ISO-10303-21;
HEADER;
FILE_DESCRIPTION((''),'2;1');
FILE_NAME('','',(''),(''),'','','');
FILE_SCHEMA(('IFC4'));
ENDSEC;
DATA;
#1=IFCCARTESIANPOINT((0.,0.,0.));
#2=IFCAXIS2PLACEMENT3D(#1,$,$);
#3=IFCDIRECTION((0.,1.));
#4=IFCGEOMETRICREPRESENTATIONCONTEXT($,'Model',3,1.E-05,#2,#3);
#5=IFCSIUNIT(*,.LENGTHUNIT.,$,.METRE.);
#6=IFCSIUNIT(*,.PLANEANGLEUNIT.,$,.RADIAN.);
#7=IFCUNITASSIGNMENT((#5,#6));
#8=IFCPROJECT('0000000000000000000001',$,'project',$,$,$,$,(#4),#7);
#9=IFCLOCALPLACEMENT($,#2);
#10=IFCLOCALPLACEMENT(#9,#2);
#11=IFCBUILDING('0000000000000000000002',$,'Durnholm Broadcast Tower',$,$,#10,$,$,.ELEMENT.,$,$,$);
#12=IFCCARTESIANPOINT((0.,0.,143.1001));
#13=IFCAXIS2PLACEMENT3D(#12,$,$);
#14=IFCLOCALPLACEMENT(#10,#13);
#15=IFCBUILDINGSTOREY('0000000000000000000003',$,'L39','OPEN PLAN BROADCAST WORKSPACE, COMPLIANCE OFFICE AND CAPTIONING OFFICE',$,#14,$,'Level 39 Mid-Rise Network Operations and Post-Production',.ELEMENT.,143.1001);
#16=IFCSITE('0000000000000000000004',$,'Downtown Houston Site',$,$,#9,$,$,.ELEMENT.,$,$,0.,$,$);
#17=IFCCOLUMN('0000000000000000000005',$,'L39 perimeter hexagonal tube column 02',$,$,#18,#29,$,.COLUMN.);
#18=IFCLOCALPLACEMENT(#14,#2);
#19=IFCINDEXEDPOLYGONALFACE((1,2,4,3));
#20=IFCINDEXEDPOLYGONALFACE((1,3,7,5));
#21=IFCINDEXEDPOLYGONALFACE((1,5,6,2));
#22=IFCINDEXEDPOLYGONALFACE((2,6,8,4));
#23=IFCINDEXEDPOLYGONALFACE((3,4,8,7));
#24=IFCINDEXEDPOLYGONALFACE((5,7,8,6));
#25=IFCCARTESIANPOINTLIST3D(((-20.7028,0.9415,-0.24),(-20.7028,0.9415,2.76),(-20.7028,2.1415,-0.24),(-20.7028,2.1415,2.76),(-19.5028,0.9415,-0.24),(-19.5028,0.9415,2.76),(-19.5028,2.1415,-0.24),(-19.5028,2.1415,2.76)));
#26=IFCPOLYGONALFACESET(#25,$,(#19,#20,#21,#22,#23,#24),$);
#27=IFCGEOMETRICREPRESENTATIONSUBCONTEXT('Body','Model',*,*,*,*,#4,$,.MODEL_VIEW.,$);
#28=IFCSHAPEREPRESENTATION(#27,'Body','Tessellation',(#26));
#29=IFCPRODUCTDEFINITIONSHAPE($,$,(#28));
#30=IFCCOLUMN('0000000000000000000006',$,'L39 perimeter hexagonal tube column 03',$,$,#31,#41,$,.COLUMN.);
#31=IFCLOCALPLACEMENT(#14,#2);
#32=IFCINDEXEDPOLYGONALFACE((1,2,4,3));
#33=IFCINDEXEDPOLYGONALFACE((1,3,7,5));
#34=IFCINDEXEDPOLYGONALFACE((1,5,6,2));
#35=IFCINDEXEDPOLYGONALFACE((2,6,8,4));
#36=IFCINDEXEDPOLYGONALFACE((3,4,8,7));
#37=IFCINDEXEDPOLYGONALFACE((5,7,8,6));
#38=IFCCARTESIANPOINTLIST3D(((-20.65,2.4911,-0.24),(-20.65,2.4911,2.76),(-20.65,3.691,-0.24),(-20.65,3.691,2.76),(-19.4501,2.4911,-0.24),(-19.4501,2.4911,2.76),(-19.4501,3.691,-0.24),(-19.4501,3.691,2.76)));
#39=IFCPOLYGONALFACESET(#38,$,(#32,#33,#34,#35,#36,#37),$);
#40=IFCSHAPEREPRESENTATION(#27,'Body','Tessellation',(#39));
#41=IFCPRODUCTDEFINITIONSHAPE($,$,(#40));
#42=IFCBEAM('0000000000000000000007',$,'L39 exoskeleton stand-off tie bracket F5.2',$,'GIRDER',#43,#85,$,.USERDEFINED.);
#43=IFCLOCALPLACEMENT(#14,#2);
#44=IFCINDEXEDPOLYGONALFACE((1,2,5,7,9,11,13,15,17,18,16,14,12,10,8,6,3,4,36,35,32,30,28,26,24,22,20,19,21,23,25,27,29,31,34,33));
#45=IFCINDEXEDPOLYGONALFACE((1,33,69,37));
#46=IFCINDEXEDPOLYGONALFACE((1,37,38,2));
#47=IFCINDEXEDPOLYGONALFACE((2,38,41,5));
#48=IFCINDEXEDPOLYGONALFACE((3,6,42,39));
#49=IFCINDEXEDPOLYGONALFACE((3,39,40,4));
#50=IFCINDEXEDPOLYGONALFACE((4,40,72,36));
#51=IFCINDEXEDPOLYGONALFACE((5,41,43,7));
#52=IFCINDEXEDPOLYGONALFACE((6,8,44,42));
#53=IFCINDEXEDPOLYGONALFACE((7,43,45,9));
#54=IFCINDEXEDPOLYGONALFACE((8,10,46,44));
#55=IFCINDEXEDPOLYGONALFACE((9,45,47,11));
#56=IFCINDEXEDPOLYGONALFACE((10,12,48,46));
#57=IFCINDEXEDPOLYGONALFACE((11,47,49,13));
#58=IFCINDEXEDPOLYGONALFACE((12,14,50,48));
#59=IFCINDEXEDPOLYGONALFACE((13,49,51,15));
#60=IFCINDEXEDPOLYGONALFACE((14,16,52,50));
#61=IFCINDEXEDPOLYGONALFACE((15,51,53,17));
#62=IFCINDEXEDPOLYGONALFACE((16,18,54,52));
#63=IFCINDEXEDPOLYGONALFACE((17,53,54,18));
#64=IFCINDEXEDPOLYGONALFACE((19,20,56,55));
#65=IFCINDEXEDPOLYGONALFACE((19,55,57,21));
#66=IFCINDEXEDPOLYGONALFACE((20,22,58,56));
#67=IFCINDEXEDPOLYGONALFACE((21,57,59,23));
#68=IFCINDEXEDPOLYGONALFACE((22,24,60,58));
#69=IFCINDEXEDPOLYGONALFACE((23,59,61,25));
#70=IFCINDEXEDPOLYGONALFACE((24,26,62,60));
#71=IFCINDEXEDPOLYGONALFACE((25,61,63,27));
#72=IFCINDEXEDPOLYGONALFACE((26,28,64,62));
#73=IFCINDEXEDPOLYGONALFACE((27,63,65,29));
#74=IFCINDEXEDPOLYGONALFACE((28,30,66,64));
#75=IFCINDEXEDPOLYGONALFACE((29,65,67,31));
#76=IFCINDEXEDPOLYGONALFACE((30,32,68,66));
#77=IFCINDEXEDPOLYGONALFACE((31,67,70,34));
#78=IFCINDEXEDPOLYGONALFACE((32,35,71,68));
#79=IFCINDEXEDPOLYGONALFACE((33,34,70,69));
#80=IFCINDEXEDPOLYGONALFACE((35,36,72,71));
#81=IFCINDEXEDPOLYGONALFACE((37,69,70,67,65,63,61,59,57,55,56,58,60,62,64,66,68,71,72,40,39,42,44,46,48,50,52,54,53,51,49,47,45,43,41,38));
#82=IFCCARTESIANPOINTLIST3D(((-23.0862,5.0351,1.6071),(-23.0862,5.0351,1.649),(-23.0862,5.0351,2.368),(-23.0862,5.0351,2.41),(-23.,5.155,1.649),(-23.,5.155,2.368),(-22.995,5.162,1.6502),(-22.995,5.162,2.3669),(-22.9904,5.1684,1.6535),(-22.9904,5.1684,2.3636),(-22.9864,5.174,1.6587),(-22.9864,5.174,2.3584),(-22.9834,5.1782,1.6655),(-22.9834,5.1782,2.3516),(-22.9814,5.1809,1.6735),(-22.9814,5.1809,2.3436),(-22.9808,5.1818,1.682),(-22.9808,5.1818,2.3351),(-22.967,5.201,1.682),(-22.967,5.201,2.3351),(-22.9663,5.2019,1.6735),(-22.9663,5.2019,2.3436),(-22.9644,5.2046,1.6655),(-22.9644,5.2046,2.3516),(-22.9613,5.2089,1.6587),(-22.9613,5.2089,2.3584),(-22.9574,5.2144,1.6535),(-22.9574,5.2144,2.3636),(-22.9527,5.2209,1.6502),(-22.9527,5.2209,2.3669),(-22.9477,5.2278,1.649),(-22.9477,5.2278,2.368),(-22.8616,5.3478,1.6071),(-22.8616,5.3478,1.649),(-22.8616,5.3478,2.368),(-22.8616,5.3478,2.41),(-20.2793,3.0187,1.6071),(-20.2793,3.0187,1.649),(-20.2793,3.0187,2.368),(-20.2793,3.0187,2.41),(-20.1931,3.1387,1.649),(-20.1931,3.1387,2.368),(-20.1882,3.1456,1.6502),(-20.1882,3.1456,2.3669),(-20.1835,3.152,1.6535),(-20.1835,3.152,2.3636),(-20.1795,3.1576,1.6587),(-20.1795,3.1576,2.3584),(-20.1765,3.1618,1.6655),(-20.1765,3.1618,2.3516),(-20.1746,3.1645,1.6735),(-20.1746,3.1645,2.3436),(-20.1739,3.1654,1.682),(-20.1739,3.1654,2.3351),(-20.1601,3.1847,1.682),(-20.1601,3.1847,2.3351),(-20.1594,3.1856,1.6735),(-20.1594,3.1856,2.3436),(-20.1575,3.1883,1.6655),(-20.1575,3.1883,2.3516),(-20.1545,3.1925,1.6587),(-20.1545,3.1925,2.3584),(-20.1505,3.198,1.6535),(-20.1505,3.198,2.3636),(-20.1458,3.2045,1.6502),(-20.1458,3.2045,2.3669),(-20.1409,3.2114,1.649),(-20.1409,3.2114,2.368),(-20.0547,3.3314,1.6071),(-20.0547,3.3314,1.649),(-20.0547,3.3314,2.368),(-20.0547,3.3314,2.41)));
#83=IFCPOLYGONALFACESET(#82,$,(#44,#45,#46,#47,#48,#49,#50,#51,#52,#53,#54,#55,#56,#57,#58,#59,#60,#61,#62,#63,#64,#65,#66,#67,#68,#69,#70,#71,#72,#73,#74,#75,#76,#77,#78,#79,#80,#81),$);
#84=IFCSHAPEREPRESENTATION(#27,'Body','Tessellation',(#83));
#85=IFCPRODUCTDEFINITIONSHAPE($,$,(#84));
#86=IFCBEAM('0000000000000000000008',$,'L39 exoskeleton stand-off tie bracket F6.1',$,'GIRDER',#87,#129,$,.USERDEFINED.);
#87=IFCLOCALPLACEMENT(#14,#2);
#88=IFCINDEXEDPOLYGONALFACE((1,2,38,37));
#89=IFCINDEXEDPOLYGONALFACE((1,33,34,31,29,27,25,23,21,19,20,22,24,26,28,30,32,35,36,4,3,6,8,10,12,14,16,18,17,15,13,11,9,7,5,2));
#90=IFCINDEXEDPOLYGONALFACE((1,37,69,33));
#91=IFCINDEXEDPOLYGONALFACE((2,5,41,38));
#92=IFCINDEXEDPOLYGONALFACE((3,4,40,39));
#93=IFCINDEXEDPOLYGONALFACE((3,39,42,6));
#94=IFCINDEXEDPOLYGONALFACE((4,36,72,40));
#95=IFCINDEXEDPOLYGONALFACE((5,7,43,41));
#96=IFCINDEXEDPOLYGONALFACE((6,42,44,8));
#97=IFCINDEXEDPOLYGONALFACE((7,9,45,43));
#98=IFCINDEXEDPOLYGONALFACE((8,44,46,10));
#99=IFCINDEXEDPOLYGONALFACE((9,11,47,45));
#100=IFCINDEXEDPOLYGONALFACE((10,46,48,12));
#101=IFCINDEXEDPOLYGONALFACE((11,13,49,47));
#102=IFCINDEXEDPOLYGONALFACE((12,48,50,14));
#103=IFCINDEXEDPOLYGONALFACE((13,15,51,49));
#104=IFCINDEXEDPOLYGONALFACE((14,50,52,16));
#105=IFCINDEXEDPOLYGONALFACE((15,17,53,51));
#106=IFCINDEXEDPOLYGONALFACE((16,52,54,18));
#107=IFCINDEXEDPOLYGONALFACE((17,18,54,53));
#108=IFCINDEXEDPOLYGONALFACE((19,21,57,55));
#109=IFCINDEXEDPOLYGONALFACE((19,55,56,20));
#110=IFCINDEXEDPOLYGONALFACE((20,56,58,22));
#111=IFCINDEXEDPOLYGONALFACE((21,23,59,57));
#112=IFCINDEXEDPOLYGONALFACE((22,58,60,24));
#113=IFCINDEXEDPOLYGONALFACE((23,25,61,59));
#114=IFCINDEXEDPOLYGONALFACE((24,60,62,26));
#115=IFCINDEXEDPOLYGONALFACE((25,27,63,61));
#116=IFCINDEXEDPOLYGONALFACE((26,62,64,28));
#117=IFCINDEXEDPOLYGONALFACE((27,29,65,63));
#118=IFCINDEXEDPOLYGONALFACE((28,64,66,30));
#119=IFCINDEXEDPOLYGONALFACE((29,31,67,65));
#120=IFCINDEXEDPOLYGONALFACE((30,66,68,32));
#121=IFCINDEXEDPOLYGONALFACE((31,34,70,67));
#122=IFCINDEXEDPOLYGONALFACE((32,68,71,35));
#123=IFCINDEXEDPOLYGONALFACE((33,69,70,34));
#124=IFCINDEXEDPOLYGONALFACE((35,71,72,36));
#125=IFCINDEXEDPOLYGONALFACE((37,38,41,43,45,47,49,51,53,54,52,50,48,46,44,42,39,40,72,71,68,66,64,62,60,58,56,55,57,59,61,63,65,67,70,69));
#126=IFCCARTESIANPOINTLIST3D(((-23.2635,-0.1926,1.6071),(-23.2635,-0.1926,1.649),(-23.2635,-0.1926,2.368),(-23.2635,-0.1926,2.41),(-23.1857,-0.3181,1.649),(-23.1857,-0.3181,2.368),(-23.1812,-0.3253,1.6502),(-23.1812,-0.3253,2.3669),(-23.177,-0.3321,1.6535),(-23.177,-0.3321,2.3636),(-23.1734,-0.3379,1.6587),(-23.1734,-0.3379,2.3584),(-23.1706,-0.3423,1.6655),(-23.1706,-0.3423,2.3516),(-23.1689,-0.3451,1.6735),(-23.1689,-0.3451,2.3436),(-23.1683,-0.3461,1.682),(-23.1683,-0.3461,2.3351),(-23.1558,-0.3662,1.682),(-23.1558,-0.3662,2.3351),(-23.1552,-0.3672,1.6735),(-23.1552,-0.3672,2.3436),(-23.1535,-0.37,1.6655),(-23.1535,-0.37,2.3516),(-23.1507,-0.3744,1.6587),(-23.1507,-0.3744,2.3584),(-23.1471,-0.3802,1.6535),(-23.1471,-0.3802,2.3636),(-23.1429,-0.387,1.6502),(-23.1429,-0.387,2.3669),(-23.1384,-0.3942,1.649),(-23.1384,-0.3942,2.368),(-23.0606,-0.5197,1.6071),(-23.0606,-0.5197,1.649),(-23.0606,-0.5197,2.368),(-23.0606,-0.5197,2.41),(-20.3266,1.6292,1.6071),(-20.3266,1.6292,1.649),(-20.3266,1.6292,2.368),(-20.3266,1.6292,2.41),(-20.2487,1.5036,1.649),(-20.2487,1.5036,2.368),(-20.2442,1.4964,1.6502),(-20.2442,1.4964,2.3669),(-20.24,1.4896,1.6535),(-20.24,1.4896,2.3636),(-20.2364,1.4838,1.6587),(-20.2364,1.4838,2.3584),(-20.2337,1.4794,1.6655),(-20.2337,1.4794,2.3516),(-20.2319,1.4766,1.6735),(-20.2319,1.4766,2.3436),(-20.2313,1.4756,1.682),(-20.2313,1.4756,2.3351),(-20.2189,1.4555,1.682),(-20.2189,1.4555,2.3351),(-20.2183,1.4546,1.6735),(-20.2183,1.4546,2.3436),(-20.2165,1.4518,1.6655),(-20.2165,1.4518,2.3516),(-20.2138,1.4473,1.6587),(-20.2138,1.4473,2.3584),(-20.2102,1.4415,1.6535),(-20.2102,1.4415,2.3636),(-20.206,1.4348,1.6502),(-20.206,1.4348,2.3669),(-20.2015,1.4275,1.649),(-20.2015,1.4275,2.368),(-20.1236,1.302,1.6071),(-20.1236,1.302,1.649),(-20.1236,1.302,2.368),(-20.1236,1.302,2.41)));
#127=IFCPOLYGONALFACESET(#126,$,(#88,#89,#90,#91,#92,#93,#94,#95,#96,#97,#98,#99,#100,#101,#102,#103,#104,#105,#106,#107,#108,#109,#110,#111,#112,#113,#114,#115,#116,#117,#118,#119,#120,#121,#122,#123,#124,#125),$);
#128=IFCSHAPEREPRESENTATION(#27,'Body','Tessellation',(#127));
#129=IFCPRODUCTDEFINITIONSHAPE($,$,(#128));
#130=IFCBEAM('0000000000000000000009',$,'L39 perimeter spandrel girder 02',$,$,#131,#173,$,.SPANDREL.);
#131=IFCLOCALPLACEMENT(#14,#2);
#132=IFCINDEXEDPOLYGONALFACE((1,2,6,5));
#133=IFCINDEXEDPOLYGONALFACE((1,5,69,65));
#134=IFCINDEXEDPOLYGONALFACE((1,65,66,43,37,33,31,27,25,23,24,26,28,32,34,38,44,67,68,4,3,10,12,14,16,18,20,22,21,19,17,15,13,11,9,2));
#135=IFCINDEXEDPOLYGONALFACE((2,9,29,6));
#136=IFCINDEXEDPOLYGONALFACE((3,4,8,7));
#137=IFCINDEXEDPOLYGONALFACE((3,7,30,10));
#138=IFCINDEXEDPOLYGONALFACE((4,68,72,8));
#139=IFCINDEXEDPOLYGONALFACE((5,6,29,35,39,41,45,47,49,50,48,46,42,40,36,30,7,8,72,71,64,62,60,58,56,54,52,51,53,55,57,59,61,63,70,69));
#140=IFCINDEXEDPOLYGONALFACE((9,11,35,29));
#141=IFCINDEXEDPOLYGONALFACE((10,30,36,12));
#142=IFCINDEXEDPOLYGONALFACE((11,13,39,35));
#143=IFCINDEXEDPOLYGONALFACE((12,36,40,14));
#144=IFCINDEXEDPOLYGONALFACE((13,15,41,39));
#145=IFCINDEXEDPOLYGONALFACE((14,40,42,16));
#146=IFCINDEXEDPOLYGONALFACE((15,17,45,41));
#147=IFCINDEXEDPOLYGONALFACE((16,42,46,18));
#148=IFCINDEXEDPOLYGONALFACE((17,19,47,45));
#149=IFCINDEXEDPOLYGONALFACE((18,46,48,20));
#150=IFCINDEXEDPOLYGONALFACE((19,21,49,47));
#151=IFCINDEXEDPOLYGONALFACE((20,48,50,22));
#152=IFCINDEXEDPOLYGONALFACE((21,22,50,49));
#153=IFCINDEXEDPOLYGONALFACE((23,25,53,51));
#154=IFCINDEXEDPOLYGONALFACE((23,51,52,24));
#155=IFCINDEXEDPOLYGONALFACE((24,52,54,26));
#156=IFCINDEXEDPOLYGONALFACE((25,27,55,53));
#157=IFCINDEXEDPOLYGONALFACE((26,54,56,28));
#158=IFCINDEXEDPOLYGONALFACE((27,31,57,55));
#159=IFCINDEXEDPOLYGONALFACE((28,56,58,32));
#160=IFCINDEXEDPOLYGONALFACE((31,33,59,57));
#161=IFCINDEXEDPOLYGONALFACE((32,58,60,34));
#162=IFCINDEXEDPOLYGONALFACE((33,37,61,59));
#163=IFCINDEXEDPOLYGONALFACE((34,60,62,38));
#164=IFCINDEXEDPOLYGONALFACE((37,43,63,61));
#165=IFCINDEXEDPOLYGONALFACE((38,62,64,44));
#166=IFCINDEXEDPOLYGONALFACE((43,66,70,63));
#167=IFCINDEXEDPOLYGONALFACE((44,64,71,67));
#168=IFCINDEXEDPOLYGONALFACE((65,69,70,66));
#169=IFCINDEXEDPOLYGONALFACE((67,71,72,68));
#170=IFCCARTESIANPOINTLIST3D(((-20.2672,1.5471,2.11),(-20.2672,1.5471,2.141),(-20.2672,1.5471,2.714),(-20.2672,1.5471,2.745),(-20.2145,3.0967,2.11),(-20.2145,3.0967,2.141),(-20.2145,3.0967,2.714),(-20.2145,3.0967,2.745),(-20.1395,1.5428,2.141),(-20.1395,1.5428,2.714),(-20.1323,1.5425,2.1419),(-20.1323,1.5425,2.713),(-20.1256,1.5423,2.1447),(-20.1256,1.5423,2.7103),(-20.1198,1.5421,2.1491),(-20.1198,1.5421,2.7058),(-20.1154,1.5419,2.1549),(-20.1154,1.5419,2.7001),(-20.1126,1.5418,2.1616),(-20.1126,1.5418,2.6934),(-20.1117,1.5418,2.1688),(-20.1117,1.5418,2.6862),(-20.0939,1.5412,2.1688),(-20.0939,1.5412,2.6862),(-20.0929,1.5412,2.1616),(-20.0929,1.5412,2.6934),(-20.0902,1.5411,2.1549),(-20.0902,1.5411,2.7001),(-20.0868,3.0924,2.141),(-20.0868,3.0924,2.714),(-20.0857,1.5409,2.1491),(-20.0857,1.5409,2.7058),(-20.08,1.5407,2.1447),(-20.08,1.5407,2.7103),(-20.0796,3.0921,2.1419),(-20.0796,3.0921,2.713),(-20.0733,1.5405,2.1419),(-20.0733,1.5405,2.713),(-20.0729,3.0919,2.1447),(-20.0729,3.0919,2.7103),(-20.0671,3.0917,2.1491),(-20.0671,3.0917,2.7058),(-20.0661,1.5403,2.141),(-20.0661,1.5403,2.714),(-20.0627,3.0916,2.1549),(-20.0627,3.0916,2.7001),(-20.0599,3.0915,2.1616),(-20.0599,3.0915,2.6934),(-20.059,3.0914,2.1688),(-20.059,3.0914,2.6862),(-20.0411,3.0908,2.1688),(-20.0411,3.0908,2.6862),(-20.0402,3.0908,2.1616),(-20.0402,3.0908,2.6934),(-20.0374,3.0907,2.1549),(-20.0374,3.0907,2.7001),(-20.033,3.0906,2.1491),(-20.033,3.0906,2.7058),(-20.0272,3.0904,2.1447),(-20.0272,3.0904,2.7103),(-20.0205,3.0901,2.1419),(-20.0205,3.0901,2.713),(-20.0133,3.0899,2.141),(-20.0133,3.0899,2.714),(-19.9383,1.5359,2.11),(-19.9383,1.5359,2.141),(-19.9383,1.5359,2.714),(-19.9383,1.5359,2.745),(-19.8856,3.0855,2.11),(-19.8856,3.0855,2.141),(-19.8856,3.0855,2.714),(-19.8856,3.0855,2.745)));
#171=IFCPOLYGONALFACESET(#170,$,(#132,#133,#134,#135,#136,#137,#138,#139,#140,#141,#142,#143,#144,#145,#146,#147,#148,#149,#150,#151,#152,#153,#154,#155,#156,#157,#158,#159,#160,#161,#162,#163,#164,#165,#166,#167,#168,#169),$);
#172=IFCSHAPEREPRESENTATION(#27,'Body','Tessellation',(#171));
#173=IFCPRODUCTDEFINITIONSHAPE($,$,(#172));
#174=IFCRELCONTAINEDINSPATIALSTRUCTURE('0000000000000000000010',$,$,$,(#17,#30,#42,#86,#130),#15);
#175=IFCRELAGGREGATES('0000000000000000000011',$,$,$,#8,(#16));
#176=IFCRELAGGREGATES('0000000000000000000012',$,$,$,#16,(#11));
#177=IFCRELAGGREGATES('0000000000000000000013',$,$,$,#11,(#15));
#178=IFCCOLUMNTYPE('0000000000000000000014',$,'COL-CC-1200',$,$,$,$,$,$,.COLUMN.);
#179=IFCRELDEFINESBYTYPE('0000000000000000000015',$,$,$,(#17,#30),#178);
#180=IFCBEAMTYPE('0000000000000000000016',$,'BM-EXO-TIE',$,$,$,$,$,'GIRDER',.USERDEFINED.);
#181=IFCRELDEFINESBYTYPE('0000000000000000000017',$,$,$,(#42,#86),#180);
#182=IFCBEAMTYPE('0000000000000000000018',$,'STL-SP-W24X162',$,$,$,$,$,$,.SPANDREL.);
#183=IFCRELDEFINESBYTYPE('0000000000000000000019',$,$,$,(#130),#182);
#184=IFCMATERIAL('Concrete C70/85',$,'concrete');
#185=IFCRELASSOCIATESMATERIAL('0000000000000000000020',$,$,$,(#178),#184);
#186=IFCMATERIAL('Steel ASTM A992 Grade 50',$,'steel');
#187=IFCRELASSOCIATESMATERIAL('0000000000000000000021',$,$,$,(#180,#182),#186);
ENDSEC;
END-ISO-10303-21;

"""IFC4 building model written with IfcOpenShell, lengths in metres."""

from ifc_helpers import new_model, si_unit, direction, frame, origin, origin_2d, place, context, subcontext, project, spatial, rectangle, i_section, extrude, source, transform, mapped, material, material_profile, profile_set, type_object, type_shapes, element, save


model = new_model("IFC4")

# Units and contexts
model_context = context("Model", 3, precision=1e-05, world=origin(), true_north=direction((0.0, 1.0)))
body_context = subcontext(model_context, "Body", "Model", "MODEL_VIEW")
ifc_project = project(units=[si_unit("LENGTHUNIT", "METRE"), si_unit("PLANEANGLEUNIT", "RADIAN")], contexts=[model_context])

# Site, building, storey
site_placement = place(None, origin())
site = spatial("IfcSite", under=ifc_project, at=site_placement, Name="Downtown Houston Site", CompositionType="ELEMENT", RefElevation=0.0)
building_placement = place(site_placement, origin())
building = spatial("IfcBuilding", under=site, at=building_placement, Name="Durnholm Broadcast Tower", CompositionType="ELEMENT")
storey_placement = place(building_placement, frame((0.0, 0.0, 143.1001)))
storey = spatial("IfcBuildingStorey", under=building, at=storey_placement, Name="L39", Description="OPEN PLAN BROADCAST WORKSPACE, COMPLIANCE OFFICE AND CAPTIONING OFFICE", LongName="Level 39 Mid-Rise Network Operations and Post-Production", CompositionType="ELEMENT", Elevation=143.1001)

# Columns
ifc_material_1 = material(Name="Concrete C70/85", Category="concrete")
ifc_material_profile_1 = material_profile(ifc_material_1, rectangle(XDim=1.2, YDim=1.2, at=origin_2d()), Name="RC1200X1200")
ifc_profile_set_1 = profile_set([ifc_material_profile_1], Name="Concrete C70/85")
column_type = type_object("IfcColumnType", Name="COL-CC-1200", PredefinedType="COLUMN", material=ifc_profile_set_1)
shared_shape_1 = source(origin(), body_context, "Body", "SweptSolid", [
    extrude(rectangle(XDim=1.2, YDim=1.2, at=origin_2d()), origin(), (0.0, 0.0, 1.0), 3.0),
])
type_shapes(column_type, [shared_shape_1])
for number, where, z_axis, x_axis, name in (
    (1, (-20.1028, 1.5415, -0.24), (0.0, 0.0, 1.0), (1.0, 0.0, 0.0), "L39 perimeter hexagonal tube column 02"),
    (2, (-20.05, 3.0911, -0.24), (0.0, 0.0, 1.0), (1.0, 0.0, 0.0), "L39 perimeter hexagonal tube column 03"),
):
    element("IfcColumn", number, at=place(storey_placement, frame(where, z_axis=z_axis, x_axis=x_axis)), inside=storey, type_object=column_type, Name=name, PredefinedType="COLUMN", context=body_context, shape_type="MappedRepresentation", body=[
        mapped(shared_shape_1, transform((0.0, 0.0, 0.0), x_axis=(1.0, 0.0, 0.0), y_axis=(0.0, 1.0, 0.0), z_axis=(0.0, 0.0, 1.0), scale=1.0)),
    ])

# Beams
ifc_material_2 = material(Name="Steel ASTM A992 Grade 50", Category="steel")
ifc_material_profile_2 = material_profile(ifc_material_2, i_section(OverallWidth=0.385, OverallDepth=0.803, WebThickness=0.0237, FlangeThickness=0.042, FilletRadius=0.033, at=origin_2d()), Name="W30X261")
ifc_profile_set_2 = profile_set([ifc_material_profile_2], Name="Steel ASTM A992 Grade 50")
beam_type_1 = type_object("IfcBeamType", Name="BM-EXO-TIE", ElementType="GIRDER", PredefinedType="USERDEFINED", material=ifc_profile_set_2)
shared_shape_2 = source(origin(), body_context, "Body", "SweptSolid", [
    extrude(i_section(OverallWidth=0.385, OverallDepth=0.803, WebThickness=0.0237, FlangeThickness=0.042, FilletRadius=0.033, at=origin_2d()), origin(), (0.0, 0.0, 1.0), 3.4561),
])
type_shapes(beam_type_1, [shared_shape_2])
for number, where, z_axis, x_axis, name in (
    (3, (-20.167, 3.175, 2.0085), (-0.812165, 0.583428, 0.0), (-0.583428, -0.812165, 0.0), "L39 exoskeleton stand-off tie bracket F5.2"),
    (4, (-20.2251, 1.4656, 2.0085), (-0.849795, -0.527113, 0.0), (0.527113, -0.849795, 0.0), "L39 exoskeleton stand-off tie bracket F6.1"),
):
    element("IfcBeam", number, at=place(storey_placement, frame(where, z_axis=z_axis, x_axis=x_axis)), inside=storey, type_object=beam_type_1, Name=name, ObjectType="GIRDER", PredefinedType="USERDEFINED", context=body_context, shape_type="MappedRepresentation", body=[
        mapped(shared_shape_2, transform((0.0, 0.0, 0.0), x_axis=(1.0, 0.0, 0.0), y_axis=(0.0, 1.0, 0.0), z_axis=(0.0, 0.0, 1.0), scale=1.0)),
    ])
ifc_material_profile_3 = material_profile(ifc_material_2, i_section(OverallWidth=0.3291, OverallDepth=0.635, WebThickness=0.0178, FlangeThickness=0.031, FilletRadius=0.0278, at=origin_2d()), Name="W24X162")
ifc_profile_set_3 = profile_set([ifc_material_profile_3], Name="Steel ASTM A992 Grade 50")
beam_type_2 = type_object("IfcBeamType", Name="STL-SP-W24X162", PredefinedType="SPANDREL", material=ifc_profile_set_3)
shared_shape_3 = source(origin(), body_context, "Body", "SweptSolid", [
    extrude(i_section(OverallWidth=0.3291, OverallDepth=0.635, WebThickness=0.0178, FlangeThickness=0.031, FilletRadius=0.0278, at=origin_2d()), origin(), (0.0, 0.0, 1.0), 1.5505),
])
beam_1_placement = place(storey_placement, frame((-20.1028, 1.5415, 2.4275), z_axis=(0.034012, 0.999421, 0.0), x_axis=(-0.999421, 0.034012, 0.0)))
element("IfcBeam", 5, at=beam_1_placement, inside=storey, type_object=beam_type_2, Name="L39 perimeter spandrel girder 02", PredefinedType="SPANDREL", context=body_context, shape_type="MappedRepresentation", body=[
    mapped(shared_shape_3, transform((0.0, 0.0, 0.0), x_axis=(1.0, 0.0, 0.0), y_axis=(0.0, 1.0, 0.0), z_axis=(0.0, 0.0, 1.0), scale=1.0)),
])

save(model, "model.ifc")
